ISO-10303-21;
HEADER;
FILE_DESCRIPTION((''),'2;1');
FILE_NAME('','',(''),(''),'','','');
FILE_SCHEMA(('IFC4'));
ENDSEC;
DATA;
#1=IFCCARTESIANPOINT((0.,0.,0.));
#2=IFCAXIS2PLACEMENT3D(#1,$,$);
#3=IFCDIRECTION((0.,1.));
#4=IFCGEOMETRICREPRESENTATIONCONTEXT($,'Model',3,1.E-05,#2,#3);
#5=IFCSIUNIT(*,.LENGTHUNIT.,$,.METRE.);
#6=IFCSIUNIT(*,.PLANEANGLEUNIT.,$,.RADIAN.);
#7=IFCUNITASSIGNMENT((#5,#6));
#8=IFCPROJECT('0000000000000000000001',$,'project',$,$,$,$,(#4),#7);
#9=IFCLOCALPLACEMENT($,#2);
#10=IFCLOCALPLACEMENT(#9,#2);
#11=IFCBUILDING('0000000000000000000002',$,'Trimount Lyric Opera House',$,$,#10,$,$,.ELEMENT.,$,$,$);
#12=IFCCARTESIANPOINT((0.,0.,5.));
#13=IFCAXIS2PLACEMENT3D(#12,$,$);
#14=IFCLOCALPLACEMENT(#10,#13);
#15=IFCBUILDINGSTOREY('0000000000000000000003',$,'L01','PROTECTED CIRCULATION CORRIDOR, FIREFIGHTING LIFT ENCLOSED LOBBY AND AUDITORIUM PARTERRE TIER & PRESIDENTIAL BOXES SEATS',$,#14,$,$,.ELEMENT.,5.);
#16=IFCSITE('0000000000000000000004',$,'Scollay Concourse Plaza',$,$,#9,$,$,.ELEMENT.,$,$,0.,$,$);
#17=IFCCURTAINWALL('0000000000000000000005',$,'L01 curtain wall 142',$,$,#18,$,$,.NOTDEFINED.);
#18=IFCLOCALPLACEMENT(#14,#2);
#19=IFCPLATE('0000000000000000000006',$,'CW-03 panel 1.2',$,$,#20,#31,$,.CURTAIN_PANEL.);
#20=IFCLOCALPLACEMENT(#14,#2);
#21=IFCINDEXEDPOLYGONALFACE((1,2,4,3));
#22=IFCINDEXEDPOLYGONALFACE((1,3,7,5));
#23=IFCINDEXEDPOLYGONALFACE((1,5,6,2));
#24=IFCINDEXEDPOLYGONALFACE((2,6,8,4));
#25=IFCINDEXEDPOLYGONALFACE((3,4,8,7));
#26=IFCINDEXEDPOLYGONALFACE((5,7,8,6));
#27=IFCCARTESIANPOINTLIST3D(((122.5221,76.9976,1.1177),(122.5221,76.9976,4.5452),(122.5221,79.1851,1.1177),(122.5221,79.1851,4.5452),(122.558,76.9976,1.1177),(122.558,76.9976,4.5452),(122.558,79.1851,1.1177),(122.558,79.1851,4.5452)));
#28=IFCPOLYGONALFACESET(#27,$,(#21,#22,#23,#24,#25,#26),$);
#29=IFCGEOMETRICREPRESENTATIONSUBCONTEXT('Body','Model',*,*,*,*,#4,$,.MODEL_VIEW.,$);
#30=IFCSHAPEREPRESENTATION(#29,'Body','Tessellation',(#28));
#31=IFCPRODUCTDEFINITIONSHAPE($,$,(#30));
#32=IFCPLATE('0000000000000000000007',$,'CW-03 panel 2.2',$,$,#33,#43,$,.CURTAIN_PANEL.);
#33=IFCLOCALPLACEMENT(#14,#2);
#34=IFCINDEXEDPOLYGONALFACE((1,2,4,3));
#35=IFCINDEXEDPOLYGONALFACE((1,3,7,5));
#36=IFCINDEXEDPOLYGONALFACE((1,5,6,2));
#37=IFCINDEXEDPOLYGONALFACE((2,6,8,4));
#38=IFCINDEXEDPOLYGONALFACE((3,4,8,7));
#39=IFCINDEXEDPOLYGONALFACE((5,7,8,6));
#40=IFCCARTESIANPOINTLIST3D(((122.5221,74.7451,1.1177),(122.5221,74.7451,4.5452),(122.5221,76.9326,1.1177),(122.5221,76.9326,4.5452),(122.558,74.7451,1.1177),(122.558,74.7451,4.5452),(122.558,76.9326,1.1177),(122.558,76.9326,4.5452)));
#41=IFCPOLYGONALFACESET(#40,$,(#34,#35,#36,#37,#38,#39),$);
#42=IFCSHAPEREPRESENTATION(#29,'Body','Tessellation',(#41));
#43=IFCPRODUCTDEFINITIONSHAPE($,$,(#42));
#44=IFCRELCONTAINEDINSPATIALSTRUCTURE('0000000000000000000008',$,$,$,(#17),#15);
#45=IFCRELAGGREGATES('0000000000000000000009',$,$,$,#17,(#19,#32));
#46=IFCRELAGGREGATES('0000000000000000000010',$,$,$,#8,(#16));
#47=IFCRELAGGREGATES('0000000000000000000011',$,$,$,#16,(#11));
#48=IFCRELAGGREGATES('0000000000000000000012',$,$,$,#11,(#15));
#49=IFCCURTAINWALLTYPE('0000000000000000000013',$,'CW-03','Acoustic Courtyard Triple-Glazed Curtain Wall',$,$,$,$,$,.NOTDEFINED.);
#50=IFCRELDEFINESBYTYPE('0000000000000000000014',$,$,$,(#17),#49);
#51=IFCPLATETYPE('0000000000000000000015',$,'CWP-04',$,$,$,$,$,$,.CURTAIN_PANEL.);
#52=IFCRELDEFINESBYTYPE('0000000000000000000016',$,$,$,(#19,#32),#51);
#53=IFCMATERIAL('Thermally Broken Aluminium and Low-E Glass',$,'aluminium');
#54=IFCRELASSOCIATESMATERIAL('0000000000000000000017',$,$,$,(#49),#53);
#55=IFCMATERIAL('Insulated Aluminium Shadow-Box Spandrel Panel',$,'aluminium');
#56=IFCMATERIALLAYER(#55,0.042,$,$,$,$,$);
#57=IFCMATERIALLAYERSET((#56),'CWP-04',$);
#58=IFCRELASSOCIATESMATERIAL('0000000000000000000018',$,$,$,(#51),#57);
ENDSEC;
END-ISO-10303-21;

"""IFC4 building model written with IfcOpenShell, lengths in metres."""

from ifc_helpers import new_model, si_unit, direction, frame, origin, origin_2d, place, context, subcontext, project, spatial, rectangle, extrude, material, layer, layer_set, type_object, element, aggregate, save


model = new_model("IFC4")

# Units and contexts
model_context = context("Model", 3, precision=1e-05, world=origin(), true_north=direction((0.0, 1.0)))
body_context = subcontext(model_context, "Body", "Model", "MODEL_VIEW")
ifc_project = project(units=[si_unit("LENGTHUNIT", "METRE"), si_unit("PLANEANGLEUNIT", "RADIAN")], contexts=[model_context])

# Site, building, storey
site_placement = place(None, origin())
site = spatial("IfcSite", under=ifc_project, at=site_placement, Name="Scollay Concourse Plaza", CompositionType="ELEMENT", RefElevation=0.0)
building_placement = place(site_placement, origin())
building = spatial("IfcBuilding", under=site, at=building_placement, Name="Trimount Lyric Opera House", CompositionType="ELEMENT")
storey_placement = place(building_placement, frame((0.0, 0.0, 5.0)))
storey = spatial("IfcBuildingStorey", under=building, at=storey_placement, Name="L01", Description="PROTECTED CIRCULATION CORRIDOR, FIREFIGHTING LIFT ENCLOSED LOBBY AND AUDITORIUM PARTERRE TIER & PRESIDENTIAL BOXES SEATS", CompositionType="ELEMENT", Elevation=5.0)

# Shared definitions
ifc_material_1 = material(Name="Thermally Broken Aluminium and Low-E Glass", Category="aluminium")
curtain_wall_type = type_object("IfcCurtainWallType", Name="CW-03", Description="Acoustic Courtyard Triple-Glazed Curtain Wall", PredefinedType="NOTDEFINED", material=ifc_material_1)

# Curtain wall
curtain_wall_1_placement = place(storey_placement, origin())
curtain_wall_1 = element("IfcCurtainWall", 1, at=curtain_wall_1_placement, inside=storey, type_object=curtain_wall_type, Name="L01 curtain wall 142", PredefinedType="NOTDEFINED")

# Plates
ifc_material_2 = material(Name="Insulated Aluminium Shadow-Box Spandrel Panel", Category="aluminium")
ifc_layer_1 = layer(ifc_material_2, 0.042)
ifc_layer_set_1 = layer_set([ifc_layer_1], Name="CWP-04")
plate_type_1 = type_object("IfcPlateType", Name="CWP-04", PredefinedType="CURTAIN_PANEL", material=ifc_layer_set_1)
plate_1_placement = place(storey_placement, frame((122.54, 78.0913, 1.1177), z_axis=(0.0, 0.0, 1.0), x_axis=(0.0, -1.0, 0.0)))
plate_1 = element("IfcPlate", 2, at=plate_1_placement, type_object=plate_type_1, Name="CW-03 panel 1.2", PredefinedType="CURTAIN_PANEL", context=body_context, shape_type="SweptSolid", body=[
    extrude(rectangle(XDim=2.1875, YDim=0.0359, at=origin_2d()), origin(), (0.0, 0.0, 1.0), 3.4275),
])
plate_2_placement = place(storey_placement, frame((122.54, 75.8389, 1.1177), z_axis=(0.0, 0.0, 1.0), x_axis=(0.0, -1.0, 0.0)))
plate_2 = element("IfcPlate", 3, at=plate_2_placement, type_object=plate_type_1, Name="CW-03 panel 2.2", PredefinedType="CURTAIN_PANEL", context=body_context, shape_type="SweptSolid", body=[
    extrude(rectangle(XDim=2.1875, YDim=0.0359, at=origin_2d()), origin(), (0.0, 0.0, 1.0), 3.4275),
])
aggregate(curtain_wall_1, [plate_1, plate_2])

save(model, "model.ifc")
